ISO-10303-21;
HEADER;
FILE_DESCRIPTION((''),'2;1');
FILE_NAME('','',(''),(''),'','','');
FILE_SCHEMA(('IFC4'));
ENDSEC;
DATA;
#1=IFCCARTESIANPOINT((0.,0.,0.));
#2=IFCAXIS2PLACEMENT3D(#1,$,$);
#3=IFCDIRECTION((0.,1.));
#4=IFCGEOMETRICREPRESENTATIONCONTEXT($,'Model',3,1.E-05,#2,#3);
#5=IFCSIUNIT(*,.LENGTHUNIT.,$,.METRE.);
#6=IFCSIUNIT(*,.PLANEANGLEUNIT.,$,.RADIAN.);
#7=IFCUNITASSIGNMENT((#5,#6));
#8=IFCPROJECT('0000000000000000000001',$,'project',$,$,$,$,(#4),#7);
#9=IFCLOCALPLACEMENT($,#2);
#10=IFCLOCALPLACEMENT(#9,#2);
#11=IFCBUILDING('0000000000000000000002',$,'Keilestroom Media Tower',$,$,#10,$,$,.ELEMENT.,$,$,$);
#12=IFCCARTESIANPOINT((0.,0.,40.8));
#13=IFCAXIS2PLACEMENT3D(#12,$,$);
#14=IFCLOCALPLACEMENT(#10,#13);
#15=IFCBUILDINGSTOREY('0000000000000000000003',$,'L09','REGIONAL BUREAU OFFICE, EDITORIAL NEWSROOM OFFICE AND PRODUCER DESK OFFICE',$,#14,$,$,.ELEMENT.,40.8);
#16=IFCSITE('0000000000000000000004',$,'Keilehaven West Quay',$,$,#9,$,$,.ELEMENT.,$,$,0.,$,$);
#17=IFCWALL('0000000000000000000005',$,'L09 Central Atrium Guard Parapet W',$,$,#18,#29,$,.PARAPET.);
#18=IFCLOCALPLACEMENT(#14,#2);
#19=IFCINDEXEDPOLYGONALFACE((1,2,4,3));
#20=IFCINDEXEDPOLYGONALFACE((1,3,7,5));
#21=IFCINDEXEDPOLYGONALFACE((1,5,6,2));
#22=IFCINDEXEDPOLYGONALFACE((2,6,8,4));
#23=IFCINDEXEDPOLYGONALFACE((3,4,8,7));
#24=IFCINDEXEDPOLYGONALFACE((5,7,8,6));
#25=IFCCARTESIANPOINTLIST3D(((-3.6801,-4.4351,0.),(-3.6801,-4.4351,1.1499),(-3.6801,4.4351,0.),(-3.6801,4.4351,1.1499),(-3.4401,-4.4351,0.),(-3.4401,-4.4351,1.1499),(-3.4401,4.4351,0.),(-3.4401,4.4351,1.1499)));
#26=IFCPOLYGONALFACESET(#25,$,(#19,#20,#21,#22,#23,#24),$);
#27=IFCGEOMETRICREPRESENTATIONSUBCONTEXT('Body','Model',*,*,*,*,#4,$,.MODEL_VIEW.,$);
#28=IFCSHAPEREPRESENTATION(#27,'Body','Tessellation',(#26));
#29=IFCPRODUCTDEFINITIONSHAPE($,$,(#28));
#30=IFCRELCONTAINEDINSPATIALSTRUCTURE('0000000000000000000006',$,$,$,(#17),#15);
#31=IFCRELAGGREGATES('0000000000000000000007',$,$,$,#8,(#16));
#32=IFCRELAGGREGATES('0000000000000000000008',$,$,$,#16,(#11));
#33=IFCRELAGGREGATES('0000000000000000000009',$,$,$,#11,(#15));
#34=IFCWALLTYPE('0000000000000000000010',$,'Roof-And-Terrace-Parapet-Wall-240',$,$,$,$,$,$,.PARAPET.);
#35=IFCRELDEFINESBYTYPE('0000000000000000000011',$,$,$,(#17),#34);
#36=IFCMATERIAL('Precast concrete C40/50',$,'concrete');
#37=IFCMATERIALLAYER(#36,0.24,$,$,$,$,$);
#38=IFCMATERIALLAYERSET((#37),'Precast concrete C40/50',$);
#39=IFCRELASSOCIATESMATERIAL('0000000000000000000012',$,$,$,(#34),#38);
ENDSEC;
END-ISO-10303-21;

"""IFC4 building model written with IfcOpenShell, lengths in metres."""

from ifc_helpers import new_model, si_unit, direction, frame, frame_2d, origin, place, context, subcontext, project, spatial, rectangle, extrude, material, layer, layer_set, type_object, element, save


model = new_model("IFC4")

# Units and contexts
model_context = context("Model", 3, precision=1e-05, world=origin(), true_north=direction((0.0, 1.0)))
body_context = subcontext(model_context, "Body", "Model", "MODEL_VIEW")
ifc_project = project(units=[si_unit("LENGTHUNIT", "METRE"), si_unit("PLANEANGLEUNIT", "RADIAN")], contexts=[model_context])

# Site, building, storey
site_placement = place(None, origin())
site = spatial("IfcSite", under=ifc_project, at=site_placement, Name="Keilehaven West Quay", CompositionType="ELEMENT", RefElevation=0.0)
building_placement = place(site_placement, origin())
building = spatial("IfcBuilding", under=site, at=building_placement, Name="Keilestroom Media Tower", CompositionType="ELEMENT")
storey_placement = place(building_placement, frame((0.0, 0.0, 40.8)))
storey = spatial("IfcBuildingStorey", under=building, at=storey_placement, Name="L09", Description="REGIONAL BUREAU OFFICE, EDITORIAL NEWSROOM OFFICE AND PRODUCER DESK OFFICE", CompositionType="ELEMENT", Elevation=40.8)

# Wall
ifc_material_1 = material(Name="Precast concrete C40/50", Category="concrete")
ifc_layer_1 = layer(ifc_material_1, 0.24)
ifc_layer_set_1 = layer_set([ifc_layer_1], Name="Precast concrete C40/50")
wall_type_1 = type_object("IfcWallType", Name="Roof-And-Terrace-Parapet-Wall-240", PredefinedType="PARAPET", material=ifc_layer_set_1)
wall_1_placement = place(storey_placement, frame((-3.5601, -4.4351, 0.0), z_axis=(0.0, 0.0, 1.0), x_axis=(0.0, 1.0, 0.0)))
element("IfcWall", 1, at=wall_1_placement, inside=storey, type_object=wall_type_1, Name="L09 Central Atrium Guard Parapet W", PredefinedType="PARAPET", context=body_context, shape_type="SweptSolid", body=[
    extrude(rectangle(XDim=8.8701, YDim=0.24, at=frame_2d((4.4351, 0.0))), origin(), (0.0, 0.0, 1.0), 1.1499),
])

save(model, "model.ifc")
